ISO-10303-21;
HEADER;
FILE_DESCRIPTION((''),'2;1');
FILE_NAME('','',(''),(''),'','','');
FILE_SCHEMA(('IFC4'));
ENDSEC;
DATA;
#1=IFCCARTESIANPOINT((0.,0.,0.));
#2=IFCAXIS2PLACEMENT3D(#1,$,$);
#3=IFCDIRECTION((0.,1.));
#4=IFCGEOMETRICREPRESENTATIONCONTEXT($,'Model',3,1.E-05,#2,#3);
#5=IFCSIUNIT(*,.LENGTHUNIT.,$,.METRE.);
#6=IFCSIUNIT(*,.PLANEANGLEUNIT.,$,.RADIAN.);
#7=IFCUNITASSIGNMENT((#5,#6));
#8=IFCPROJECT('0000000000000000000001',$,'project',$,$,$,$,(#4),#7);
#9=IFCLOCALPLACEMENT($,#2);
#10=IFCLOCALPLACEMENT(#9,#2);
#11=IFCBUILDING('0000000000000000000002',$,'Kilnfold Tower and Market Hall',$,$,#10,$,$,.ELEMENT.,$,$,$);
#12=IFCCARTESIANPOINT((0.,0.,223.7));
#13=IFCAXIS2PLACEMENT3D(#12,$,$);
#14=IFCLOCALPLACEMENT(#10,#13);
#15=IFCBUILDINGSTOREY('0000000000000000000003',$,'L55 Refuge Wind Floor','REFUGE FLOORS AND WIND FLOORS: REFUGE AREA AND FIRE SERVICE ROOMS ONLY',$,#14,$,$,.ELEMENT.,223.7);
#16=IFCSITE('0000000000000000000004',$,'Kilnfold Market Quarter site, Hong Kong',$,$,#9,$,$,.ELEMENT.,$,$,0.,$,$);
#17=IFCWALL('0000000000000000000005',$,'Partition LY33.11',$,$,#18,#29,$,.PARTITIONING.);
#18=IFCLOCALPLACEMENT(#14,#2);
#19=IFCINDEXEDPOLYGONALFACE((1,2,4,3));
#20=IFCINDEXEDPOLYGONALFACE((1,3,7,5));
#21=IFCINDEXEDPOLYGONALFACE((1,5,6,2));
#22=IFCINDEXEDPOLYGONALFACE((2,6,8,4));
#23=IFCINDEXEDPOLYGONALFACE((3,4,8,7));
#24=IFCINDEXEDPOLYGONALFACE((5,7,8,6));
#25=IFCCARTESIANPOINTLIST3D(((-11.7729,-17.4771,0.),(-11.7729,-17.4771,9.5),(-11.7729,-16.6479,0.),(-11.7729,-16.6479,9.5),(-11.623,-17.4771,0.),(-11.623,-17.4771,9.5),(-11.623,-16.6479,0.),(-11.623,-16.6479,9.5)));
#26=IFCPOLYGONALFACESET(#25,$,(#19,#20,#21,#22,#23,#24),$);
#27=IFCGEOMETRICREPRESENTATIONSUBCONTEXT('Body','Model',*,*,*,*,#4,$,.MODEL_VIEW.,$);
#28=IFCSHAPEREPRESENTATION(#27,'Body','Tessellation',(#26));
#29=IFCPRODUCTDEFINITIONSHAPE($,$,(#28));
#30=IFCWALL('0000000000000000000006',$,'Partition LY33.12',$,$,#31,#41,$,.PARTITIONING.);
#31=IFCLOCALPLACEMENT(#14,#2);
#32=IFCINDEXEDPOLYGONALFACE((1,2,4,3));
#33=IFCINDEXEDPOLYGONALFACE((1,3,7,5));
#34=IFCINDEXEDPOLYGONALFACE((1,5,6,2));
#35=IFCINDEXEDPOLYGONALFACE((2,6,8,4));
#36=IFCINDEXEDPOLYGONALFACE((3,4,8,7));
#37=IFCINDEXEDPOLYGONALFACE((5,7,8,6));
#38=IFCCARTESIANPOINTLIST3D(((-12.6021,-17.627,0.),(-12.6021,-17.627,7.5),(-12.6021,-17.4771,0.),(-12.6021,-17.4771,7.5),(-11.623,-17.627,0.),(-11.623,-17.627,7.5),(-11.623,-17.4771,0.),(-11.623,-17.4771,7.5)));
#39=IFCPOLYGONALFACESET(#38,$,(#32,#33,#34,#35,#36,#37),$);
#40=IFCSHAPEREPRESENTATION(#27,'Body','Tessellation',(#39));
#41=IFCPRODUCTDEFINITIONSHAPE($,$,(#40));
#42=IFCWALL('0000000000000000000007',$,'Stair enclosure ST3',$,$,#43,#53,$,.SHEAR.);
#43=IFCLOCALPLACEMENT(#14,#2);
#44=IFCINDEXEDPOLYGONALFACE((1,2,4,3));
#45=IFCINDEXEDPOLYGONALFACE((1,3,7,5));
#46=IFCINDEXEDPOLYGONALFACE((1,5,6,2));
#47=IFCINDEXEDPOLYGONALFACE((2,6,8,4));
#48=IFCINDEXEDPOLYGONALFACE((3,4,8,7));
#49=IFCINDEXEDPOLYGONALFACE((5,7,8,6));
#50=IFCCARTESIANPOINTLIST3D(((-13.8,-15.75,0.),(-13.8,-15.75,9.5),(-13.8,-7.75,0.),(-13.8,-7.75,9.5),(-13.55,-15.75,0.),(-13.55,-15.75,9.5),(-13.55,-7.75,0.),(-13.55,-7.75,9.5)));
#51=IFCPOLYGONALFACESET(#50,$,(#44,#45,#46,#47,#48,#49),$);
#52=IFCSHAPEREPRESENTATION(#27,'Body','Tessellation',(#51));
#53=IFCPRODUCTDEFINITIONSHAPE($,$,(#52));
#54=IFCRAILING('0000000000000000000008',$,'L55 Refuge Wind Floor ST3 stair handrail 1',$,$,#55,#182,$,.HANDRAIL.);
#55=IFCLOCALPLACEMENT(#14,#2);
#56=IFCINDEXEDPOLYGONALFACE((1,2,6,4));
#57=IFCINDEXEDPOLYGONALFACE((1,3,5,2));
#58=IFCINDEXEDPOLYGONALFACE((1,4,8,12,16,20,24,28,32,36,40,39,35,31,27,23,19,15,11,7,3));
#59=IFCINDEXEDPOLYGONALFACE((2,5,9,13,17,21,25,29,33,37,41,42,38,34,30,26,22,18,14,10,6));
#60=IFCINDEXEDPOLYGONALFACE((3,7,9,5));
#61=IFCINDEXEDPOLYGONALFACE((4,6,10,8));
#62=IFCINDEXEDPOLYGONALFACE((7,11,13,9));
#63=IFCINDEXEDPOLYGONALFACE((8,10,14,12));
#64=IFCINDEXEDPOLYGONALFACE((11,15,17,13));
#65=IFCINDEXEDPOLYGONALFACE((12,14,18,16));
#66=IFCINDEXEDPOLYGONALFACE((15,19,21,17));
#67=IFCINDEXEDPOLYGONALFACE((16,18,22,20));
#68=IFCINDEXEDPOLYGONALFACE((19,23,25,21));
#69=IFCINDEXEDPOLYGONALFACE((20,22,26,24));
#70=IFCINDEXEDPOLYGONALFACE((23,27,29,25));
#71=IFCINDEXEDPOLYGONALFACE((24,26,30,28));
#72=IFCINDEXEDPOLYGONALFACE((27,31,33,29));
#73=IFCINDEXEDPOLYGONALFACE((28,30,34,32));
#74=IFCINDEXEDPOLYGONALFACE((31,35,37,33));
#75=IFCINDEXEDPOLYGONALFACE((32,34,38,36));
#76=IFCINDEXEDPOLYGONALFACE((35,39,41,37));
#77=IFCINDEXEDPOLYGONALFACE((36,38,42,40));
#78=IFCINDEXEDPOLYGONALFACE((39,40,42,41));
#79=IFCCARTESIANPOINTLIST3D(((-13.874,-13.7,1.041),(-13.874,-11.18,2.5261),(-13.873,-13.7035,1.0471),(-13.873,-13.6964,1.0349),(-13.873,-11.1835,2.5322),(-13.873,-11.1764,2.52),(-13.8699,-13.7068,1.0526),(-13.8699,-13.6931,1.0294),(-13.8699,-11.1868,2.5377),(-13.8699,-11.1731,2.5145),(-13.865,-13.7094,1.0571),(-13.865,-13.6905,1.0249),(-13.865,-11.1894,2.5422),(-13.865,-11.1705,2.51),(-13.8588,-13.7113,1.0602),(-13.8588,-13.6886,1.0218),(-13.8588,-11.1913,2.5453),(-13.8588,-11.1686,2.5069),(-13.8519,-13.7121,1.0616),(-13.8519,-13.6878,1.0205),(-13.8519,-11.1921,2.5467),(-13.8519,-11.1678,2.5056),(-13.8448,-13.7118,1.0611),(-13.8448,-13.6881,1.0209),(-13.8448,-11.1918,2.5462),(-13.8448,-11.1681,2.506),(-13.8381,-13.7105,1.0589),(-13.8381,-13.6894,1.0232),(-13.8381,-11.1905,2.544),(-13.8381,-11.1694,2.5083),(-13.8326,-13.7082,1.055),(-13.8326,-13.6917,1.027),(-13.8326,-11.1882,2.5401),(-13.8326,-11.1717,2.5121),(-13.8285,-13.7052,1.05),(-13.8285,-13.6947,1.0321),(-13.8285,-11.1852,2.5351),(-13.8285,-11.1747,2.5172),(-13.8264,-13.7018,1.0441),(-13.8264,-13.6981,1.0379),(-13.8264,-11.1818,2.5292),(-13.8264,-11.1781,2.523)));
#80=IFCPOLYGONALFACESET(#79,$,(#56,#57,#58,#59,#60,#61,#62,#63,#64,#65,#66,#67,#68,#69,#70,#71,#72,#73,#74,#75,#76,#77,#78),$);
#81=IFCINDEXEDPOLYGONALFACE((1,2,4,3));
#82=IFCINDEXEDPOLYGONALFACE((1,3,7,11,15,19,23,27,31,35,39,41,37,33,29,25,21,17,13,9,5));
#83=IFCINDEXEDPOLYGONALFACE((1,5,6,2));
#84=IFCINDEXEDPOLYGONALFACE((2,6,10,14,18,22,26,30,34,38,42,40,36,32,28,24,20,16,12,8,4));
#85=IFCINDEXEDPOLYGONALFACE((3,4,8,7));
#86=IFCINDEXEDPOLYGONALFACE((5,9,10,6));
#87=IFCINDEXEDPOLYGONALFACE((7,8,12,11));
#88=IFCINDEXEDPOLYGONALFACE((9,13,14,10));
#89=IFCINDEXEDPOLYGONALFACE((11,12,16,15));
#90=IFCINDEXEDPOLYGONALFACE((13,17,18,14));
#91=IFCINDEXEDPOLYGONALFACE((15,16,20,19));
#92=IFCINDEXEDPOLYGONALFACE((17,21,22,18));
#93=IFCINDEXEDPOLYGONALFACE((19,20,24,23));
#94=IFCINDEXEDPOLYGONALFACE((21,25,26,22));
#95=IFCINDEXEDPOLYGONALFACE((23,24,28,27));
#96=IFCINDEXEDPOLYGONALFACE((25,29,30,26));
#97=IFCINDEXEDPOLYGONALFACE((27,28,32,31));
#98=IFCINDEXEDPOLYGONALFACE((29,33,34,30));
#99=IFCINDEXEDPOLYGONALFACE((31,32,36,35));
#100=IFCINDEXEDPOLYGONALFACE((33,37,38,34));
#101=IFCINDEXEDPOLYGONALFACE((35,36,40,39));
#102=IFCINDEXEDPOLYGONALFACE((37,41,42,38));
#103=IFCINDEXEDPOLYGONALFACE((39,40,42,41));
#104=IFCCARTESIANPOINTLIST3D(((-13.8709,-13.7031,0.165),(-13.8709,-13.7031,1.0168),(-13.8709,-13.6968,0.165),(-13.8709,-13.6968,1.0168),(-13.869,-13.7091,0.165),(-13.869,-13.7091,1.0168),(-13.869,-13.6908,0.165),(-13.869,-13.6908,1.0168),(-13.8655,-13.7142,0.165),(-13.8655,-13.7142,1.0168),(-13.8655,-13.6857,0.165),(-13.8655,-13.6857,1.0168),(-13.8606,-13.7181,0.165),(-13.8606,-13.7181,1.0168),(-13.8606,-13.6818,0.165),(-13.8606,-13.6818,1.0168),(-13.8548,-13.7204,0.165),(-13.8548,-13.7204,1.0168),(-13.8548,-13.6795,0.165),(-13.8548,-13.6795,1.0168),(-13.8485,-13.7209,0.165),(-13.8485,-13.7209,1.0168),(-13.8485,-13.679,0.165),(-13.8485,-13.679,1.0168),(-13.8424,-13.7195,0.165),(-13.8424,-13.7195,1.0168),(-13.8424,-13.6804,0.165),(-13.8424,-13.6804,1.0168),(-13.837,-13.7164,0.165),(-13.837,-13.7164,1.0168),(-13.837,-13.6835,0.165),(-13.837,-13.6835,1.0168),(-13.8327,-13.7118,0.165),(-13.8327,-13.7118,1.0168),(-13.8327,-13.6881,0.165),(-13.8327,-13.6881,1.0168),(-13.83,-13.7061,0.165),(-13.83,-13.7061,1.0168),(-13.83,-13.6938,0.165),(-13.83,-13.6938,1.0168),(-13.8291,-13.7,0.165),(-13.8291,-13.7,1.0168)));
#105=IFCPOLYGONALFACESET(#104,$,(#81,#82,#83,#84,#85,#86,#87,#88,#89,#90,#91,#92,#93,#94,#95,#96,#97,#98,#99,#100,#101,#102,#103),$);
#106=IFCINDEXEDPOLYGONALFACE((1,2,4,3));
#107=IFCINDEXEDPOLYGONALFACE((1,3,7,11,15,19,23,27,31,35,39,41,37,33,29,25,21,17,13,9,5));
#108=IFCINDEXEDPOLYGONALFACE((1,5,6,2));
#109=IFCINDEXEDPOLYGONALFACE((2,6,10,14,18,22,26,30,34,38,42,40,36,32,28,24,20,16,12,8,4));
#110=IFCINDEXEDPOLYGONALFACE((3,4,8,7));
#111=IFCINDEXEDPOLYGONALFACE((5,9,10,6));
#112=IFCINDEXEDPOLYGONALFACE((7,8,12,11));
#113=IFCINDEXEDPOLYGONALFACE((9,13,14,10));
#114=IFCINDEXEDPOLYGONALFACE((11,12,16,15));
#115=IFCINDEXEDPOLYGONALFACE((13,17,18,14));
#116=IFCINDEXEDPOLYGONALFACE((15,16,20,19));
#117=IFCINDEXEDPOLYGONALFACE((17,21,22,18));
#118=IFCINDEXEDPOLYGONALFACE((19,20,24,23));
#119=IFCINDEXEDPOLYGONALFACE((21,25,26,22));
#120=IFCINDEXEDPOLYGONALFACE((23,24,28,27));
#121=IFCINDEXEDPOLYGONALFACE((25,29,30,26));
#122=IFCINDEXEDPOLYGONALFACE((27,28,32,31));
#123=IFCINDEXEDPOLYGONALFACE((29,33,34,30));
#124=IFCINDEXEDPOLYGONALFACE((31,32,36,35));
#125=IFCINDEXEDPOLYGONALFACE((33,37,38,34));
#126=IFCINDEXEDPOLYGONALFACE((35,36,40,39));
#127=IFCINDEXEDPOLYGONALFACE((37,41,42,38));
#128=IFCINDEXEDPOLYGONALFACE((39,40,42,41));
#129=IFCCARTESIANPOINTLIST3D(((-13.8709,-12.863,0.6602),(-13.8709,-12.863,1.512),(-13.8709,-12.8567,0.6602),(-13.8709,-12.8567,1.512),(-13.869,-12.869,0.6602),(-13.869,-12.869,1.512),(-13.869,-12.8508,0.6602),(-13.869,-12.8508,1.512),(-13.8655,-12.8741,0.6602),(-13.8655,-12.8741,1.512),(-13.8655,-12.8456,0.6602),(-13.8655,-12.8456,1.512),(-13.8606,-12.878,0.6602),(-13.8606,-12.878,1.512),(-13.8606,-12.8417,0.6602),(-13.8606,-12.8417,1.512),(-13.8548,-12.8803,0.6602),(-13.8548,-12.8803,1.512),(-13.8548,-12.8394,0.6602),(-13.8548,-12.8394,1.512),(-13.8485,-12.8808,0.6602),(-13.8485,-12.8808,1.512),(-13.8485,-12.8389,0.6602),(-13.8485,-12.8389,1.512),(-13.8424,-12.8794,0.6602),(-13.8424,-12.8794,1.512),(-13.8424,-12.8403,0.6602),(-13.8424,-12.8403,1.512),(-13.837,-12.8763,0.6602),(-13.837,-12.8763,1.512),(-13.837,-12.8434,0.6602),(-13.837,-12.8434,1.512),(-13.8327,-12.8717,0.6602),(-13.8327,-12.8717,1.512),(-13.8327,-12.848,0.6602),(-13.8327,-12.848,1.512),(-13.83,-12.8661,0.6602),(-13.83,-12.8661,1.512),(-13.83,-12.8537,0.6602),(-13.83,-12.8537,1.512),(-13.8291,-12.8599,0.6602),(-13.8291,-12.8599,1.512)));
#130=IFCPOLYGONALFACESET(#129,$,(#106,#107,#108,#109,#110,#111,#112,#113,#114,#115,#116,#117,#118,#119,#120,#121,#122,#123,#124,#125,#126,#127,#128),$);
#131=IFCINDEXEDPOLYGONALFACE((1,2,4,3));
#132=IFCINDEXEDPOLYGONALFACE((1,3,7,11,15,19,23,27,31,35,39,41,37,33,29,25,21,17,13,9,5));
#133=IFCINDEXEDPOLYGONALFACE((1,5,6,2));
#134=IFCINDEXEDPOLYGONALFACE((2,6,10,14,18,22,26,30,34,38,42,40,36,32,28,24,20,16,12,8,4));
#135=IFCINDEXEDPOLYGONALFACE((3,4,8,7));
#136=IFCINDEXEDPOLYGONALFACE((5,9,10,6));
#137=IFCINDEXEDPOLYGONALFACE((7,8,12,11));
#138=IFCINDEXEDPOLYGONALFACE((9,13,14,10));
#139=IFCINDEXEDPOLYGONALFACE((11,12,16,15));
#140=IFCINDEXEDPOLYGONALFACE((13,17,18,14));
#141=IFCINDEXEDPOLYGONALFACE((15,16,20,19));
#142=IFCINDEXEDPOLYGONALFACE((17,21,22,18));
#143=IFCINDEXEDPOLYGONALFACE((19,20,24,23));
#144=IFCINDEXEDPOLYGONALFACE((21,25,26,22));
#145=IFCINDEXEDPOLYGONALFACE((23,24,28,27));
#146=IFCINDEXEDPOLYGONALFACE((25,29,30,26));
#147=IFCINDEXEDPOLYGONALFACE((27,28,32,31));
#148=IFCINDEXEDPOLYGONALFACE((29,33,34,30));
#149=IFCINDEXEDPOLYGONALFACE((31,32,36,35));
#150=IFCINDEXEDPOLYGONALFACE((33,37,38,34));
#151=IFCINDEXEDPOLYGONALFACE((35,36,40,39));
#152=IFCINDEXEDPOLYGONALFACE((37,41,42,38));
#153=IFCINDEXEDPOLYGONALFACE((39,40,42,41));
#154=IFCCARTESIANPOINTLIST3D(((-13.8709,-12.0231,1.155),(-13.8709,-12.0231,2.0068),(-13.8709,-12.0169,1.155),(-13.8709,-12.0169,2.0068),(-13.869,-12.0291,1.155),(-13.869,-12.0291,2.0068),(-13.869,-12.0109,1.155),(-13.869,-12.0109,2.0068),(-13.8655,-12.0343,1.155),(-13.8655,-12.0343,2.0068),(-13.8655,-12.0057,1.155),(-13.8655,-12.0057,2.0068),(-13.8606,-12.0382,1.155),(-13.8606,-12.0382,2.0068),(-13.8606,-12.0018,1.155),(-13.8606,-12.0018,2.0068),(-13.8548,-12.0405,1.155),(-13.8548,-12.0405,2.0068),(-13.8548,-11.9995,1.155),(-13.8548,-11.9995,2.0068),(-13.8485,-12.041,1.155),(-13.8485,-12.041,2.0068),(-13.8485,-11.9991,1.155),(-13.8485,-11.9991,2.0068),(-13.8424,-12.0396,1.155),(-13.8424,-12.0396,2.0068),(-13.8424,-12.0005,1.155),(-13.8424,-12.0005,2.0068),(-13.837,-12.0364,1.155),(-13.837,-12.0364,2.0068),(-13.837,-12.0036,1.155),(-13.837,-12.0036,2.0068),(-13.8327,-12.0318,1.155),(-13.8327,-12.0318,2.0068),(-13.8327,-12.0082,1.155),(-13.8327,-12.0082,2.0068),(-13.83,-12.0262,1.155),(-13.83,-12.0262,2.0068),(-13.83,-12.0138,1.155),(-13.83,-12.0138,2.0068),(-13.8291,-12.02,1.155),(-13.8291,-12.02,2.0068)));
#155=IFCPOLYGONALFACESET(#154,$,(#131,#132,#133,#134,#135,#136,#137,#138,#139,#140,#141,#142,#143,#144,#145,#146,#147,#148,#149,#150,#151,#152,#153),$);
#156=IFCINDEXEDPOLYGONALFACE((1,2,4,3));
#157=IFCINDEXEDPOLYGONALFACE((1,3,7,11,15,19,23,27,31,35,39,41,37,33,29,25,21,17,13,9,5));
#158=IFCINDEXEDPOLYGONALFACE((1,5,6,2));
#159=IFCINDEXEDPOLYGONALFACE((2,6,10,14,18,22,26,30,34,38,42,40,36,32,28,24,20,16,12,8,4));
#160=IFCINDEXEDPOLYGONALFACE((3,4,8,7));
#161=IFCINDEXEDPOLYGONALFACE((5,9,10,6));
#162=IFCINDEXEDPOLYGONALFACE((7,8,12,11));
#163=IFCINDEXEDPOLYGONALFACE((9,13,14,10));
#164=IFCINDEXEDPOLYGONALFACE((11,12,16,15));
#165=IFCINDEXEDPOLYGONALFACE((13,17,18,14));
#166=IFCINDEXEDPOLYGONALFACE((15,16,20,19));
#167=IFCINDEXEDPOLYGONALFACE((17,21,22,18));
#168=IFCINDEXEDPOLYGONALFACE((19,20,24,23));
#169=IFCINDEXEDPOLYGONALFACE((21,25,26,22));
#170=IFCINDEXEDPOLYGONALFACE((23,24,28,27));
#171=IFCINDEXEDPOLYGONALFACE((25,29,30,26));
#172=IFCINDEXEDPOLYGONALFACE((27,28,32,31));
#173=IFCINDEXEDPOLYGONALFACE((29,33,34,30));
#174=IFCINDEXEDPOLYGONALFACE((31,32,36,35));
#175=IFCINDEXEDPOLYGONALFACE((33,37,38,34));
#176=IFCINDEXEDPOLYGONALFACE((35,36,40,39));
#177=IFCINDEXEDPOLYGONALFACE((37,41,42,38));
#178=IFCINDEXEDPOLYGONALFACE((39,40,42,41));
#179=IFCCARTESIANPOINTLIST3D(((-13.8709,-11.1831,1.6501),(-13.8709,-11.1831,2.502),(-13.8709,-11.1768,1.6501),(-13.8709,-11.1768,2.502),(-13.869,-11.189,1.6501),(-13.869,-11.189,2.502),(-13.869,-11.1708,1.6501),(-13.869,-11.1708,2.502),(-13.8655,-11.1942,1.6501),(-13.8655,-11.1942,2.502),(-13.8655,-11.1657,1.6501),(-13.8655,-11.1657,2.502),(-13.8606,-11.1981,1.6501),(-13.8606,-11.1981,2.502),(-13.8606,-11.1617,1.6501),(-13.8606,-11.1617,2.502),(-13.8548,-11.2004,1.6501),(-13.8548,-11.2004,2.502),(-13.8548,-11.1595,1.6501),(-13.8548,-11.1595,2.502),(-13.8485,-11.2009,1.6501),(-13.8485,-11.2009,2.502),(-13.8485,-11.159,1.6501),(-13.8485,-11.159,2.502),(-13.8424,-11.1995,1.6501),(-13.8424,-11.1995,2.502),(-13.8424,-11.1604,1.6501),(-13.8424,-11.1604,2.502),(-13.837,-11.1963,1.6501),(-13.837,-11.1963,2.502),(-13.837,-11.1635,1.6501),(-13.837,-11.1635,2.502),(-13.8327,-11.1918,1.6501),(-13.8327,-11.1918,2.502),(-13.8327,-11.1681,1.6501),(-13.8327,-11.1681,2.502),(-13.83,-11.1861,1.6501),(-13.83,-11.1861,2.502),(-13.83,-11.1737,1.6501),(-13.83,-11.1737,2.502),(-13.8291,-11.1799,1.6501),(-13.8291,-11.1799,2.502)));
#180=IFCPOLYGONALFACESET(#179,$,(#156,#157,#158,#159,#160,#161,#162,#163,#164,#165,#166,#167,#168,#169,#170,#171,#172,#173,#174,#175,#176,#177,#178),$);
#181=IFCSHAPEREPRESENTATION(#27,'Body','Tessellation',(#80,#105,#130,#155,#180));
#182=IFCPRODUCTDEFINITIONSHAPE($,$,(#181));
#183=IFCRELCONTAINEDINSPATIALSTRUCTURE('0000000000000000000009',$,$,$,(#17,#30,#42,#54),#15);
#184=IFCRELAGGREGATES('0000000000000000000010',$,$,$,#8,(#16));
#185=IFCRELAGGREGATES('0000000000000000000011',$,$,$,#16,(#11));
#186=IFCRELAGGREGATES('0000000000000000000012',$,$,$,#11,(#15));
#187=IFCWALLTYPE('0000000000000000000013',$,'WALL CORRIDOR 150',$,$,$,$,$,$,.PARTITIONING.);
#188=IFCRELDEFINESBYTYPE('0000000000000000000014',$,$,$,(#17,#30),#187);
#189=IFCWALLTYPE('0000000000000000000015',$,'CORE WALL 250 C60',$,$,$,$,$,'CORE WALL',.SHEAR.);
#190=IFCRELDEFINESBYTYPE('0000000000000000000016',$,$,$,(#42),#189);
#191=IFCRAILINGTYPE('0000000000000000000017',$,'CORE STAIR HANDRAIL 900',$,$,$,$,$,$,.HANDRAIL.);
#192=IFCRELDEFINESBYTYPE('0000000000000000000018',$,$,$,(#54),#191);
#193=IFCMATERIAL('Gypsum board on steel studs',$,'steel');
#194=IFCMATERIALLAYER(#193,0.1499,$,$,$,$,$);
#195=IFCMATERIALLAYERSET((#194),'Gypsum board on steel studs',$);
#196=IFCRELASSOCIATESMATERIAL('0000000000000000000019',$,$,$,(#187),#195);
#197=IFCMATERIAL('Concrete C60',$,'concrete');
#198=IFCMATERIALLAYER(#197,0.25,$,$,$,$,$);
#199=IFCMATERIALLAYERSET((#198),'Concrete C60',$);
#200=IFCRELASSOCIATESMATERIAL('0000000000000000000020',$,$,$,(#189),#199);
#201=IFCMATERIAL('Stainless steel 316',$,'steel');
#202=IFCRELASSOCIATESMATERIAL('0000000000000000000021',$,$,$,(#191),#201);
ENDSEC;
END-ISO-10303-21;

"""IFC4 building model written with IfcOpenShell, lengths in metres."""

from ifc_helpers import new_model, si_unit, direction, frame, frame_2d, origin, origin_2d, place, context, subcontext, project, spatial, rectangle, circle, extrude, source, transform, mapped, material, layer, layer_set, type_object, element, save


model = new_model("IFC4")

# Units and contexts
model_context = context("Model", 3, precision=1e-05, world=origin(), true_north=direction((0.0, 1.0)))
body_context = subcontext(model_context, "Body", "Model", "MODEL_VIEW")
ifc_project = project(units=[si_unit("LENGTHUNIT", "METRE"), si_unit("PLANEANGLEUNIT", "RADIAN")], contexts=[model_context])

# Site, building, storey
site_placement = place(None, origin())
site = spatial("IfcSite", under=ifc_project, at=site_placement, Name="Kilnfold Market Quarter site, Hong Kong", CompositionType="ELEMENT", RefElevation=0.0)
building_placement = place(site_placement, origin())
building = spatial("IfcBuilding", under=site, at=building_placement, Name="Kilnfold Tower and Market Hall", CompositionType="ELEMENT")
storey_placement = place(building_placement, frame((0.0, 0.0, 223.7)))
storey = spatial("IfcBuildingStorey", under=building, at=storey_placement, Name="L55 Refuge Wind Floor", Description="REFUGE FLOORS AND WIND FLOORS: REFUGE AREA AND FIRE SERVICE ROOMS ONLY", CompositionType="ELEMENT", Elevation=223.7)

# Shared definitions
ifc_material_1 = material(Name="Gypsum board on steel studs", Category="steel")
ifc_layer_1 = layer(ifc_material_1, 0.1499)
ifc_layer_set_1 = layer_set([ifc_layer_1], Name="Gypsum board on steel studs")
wall_type_1 = type_object("IfcWallType", Name="WALL CORRIDOR 150", PredefinedType="PARTITIONING", material=ifc_layer_set_1)

# Walls
wall_1_placement = place(storey_placement, frame((-11.698, -17.4771, 0.0), z_axis=(0.0, 0.0, 1.0), x_axis=(0.0, 1.0, 0.0)))
element("IfcWall", 1, at=wall_1_placement, inside=storey, type_object=wall_type_1, Name="Partition LY33.11", PredefinedType="PARTITIONING", context=body_context, shape_type="SweptSolid", body=[
    extrude(rectangle(XDim=0.8291, YDim=0.1499, at=frame_2d((0.4146, 0.0))), origin(), (0.0, 0.0, 1.0), 9.5),
])
wall_2_placement = place(storey_placement, frame((-12.6021, -17.552, 0.0), z_axis=(0.0, 0.0, 1.0), x_axis=(1.0, 0.0, 0.0)))
element("IfcWall", 2, at=wall_2_placement, inside=storey, type_object=wall_type_1, Name="Partition LY33.12", PredefinedType="PARTITIONING", context=body_context, shape_type="SweptSolid", body=[
    extrude(rectangle(XDim=0.979, YDim=0.1499, at=frame_2d((0.4895, 0.0))), origin(), (0.0, 0.0, 1.0), 7.5),
])
ifc_material_2 = material(Name="Concrete C60", Category="concrete")
ifc_layer_2 = layer(ifc_material_2, 0.25)
ifc_layer_set_2 = layer_set([ifc_layer_2], Name="Concrete C60")
wall_type_2 = type_object("IfcWallType", Name="CORE WALL 250 C60", ElementType="CORE WALL", PredefinedType="SHEAR", material=ifc_layer_set_2)
shared_shape_1 = source(origin(), body_context, "Body", "SweptSolid", [
    extrude(rectangle(XDim=8.0, YDim=0.25, at=frame_2d((4.0, 0.0))), origin(), (0.0, 0.0, 1.0), 9.5),
])
wall_3_placement = place(storey_placement, frame((-13.675, -15.75, 0.0), z_axis=(0.0, 0.0, 1.0), x_axis=(0.0, 1.0, 0.0)))
element("IfcWall", 3, at=wall_3_placement, inside=storey, type_object=wall_type_2, Name="Stair enclosure ST3", PredefinedType="SHEAR", context=body_context, shape_type="MappedRepresentation", body=[
    mapped(shared_shape_1, transform((0.0, 0.0, 0.0))),
])

# Railing
ifc_material_3 = material(Name="Stainless steel 316", Category="steel")
railing_type = type_object("IfcRailingType", Name="CORE STAIR HANDRAIL 900", PredefinedType="HANDRAIL", material=ifc_material_3)
railing_1_placement = place(storey_placement, frame((-13.8501, -13.7, 0.165)))
element("IfcRailing", 4, at=railing_1_placement, inside=storey, type_object=railing_type, Name="L55 Refuge Wind Floor ST3 stair handrail 1", PredefinedType="HANDRAIL", context=body_context, shape_type="SweptSolid", body=[
    extrude(circle(Radius=0.0239, at=origin_2d()), frame((0.0, 0.0, 0.876), z_axis=(0.0, 0.861524, 0.507717), x_axis=(-1.0, 0.0, 0.0)), (0.0, 0.0, 1.0), 2.925),
    extrude(circle(Radius=0.021, at=origin_2d()), origin(), (0.0, 0.0, 1.0), 0.8518),
    extrude(circle(Radius=0.021, at=origin_2d()), frame((0.0, 0.8401, 0.4951)), (0.0, 0.0, 1.0), 0.8518),
    extrude(circle(Radius=0.021, at=origin_2d()), frame((0.0, 1.6799, 0.99)), (0.0, 0.0, 1.0), 0.8518),
    extrude(circle(Radius=0.021, at=origin_2d()), frame((0.0, 2.52, 1.4851)), (0.0, 0.0, 1.0), 0.8518),
])

save(model, "model.ifc")
